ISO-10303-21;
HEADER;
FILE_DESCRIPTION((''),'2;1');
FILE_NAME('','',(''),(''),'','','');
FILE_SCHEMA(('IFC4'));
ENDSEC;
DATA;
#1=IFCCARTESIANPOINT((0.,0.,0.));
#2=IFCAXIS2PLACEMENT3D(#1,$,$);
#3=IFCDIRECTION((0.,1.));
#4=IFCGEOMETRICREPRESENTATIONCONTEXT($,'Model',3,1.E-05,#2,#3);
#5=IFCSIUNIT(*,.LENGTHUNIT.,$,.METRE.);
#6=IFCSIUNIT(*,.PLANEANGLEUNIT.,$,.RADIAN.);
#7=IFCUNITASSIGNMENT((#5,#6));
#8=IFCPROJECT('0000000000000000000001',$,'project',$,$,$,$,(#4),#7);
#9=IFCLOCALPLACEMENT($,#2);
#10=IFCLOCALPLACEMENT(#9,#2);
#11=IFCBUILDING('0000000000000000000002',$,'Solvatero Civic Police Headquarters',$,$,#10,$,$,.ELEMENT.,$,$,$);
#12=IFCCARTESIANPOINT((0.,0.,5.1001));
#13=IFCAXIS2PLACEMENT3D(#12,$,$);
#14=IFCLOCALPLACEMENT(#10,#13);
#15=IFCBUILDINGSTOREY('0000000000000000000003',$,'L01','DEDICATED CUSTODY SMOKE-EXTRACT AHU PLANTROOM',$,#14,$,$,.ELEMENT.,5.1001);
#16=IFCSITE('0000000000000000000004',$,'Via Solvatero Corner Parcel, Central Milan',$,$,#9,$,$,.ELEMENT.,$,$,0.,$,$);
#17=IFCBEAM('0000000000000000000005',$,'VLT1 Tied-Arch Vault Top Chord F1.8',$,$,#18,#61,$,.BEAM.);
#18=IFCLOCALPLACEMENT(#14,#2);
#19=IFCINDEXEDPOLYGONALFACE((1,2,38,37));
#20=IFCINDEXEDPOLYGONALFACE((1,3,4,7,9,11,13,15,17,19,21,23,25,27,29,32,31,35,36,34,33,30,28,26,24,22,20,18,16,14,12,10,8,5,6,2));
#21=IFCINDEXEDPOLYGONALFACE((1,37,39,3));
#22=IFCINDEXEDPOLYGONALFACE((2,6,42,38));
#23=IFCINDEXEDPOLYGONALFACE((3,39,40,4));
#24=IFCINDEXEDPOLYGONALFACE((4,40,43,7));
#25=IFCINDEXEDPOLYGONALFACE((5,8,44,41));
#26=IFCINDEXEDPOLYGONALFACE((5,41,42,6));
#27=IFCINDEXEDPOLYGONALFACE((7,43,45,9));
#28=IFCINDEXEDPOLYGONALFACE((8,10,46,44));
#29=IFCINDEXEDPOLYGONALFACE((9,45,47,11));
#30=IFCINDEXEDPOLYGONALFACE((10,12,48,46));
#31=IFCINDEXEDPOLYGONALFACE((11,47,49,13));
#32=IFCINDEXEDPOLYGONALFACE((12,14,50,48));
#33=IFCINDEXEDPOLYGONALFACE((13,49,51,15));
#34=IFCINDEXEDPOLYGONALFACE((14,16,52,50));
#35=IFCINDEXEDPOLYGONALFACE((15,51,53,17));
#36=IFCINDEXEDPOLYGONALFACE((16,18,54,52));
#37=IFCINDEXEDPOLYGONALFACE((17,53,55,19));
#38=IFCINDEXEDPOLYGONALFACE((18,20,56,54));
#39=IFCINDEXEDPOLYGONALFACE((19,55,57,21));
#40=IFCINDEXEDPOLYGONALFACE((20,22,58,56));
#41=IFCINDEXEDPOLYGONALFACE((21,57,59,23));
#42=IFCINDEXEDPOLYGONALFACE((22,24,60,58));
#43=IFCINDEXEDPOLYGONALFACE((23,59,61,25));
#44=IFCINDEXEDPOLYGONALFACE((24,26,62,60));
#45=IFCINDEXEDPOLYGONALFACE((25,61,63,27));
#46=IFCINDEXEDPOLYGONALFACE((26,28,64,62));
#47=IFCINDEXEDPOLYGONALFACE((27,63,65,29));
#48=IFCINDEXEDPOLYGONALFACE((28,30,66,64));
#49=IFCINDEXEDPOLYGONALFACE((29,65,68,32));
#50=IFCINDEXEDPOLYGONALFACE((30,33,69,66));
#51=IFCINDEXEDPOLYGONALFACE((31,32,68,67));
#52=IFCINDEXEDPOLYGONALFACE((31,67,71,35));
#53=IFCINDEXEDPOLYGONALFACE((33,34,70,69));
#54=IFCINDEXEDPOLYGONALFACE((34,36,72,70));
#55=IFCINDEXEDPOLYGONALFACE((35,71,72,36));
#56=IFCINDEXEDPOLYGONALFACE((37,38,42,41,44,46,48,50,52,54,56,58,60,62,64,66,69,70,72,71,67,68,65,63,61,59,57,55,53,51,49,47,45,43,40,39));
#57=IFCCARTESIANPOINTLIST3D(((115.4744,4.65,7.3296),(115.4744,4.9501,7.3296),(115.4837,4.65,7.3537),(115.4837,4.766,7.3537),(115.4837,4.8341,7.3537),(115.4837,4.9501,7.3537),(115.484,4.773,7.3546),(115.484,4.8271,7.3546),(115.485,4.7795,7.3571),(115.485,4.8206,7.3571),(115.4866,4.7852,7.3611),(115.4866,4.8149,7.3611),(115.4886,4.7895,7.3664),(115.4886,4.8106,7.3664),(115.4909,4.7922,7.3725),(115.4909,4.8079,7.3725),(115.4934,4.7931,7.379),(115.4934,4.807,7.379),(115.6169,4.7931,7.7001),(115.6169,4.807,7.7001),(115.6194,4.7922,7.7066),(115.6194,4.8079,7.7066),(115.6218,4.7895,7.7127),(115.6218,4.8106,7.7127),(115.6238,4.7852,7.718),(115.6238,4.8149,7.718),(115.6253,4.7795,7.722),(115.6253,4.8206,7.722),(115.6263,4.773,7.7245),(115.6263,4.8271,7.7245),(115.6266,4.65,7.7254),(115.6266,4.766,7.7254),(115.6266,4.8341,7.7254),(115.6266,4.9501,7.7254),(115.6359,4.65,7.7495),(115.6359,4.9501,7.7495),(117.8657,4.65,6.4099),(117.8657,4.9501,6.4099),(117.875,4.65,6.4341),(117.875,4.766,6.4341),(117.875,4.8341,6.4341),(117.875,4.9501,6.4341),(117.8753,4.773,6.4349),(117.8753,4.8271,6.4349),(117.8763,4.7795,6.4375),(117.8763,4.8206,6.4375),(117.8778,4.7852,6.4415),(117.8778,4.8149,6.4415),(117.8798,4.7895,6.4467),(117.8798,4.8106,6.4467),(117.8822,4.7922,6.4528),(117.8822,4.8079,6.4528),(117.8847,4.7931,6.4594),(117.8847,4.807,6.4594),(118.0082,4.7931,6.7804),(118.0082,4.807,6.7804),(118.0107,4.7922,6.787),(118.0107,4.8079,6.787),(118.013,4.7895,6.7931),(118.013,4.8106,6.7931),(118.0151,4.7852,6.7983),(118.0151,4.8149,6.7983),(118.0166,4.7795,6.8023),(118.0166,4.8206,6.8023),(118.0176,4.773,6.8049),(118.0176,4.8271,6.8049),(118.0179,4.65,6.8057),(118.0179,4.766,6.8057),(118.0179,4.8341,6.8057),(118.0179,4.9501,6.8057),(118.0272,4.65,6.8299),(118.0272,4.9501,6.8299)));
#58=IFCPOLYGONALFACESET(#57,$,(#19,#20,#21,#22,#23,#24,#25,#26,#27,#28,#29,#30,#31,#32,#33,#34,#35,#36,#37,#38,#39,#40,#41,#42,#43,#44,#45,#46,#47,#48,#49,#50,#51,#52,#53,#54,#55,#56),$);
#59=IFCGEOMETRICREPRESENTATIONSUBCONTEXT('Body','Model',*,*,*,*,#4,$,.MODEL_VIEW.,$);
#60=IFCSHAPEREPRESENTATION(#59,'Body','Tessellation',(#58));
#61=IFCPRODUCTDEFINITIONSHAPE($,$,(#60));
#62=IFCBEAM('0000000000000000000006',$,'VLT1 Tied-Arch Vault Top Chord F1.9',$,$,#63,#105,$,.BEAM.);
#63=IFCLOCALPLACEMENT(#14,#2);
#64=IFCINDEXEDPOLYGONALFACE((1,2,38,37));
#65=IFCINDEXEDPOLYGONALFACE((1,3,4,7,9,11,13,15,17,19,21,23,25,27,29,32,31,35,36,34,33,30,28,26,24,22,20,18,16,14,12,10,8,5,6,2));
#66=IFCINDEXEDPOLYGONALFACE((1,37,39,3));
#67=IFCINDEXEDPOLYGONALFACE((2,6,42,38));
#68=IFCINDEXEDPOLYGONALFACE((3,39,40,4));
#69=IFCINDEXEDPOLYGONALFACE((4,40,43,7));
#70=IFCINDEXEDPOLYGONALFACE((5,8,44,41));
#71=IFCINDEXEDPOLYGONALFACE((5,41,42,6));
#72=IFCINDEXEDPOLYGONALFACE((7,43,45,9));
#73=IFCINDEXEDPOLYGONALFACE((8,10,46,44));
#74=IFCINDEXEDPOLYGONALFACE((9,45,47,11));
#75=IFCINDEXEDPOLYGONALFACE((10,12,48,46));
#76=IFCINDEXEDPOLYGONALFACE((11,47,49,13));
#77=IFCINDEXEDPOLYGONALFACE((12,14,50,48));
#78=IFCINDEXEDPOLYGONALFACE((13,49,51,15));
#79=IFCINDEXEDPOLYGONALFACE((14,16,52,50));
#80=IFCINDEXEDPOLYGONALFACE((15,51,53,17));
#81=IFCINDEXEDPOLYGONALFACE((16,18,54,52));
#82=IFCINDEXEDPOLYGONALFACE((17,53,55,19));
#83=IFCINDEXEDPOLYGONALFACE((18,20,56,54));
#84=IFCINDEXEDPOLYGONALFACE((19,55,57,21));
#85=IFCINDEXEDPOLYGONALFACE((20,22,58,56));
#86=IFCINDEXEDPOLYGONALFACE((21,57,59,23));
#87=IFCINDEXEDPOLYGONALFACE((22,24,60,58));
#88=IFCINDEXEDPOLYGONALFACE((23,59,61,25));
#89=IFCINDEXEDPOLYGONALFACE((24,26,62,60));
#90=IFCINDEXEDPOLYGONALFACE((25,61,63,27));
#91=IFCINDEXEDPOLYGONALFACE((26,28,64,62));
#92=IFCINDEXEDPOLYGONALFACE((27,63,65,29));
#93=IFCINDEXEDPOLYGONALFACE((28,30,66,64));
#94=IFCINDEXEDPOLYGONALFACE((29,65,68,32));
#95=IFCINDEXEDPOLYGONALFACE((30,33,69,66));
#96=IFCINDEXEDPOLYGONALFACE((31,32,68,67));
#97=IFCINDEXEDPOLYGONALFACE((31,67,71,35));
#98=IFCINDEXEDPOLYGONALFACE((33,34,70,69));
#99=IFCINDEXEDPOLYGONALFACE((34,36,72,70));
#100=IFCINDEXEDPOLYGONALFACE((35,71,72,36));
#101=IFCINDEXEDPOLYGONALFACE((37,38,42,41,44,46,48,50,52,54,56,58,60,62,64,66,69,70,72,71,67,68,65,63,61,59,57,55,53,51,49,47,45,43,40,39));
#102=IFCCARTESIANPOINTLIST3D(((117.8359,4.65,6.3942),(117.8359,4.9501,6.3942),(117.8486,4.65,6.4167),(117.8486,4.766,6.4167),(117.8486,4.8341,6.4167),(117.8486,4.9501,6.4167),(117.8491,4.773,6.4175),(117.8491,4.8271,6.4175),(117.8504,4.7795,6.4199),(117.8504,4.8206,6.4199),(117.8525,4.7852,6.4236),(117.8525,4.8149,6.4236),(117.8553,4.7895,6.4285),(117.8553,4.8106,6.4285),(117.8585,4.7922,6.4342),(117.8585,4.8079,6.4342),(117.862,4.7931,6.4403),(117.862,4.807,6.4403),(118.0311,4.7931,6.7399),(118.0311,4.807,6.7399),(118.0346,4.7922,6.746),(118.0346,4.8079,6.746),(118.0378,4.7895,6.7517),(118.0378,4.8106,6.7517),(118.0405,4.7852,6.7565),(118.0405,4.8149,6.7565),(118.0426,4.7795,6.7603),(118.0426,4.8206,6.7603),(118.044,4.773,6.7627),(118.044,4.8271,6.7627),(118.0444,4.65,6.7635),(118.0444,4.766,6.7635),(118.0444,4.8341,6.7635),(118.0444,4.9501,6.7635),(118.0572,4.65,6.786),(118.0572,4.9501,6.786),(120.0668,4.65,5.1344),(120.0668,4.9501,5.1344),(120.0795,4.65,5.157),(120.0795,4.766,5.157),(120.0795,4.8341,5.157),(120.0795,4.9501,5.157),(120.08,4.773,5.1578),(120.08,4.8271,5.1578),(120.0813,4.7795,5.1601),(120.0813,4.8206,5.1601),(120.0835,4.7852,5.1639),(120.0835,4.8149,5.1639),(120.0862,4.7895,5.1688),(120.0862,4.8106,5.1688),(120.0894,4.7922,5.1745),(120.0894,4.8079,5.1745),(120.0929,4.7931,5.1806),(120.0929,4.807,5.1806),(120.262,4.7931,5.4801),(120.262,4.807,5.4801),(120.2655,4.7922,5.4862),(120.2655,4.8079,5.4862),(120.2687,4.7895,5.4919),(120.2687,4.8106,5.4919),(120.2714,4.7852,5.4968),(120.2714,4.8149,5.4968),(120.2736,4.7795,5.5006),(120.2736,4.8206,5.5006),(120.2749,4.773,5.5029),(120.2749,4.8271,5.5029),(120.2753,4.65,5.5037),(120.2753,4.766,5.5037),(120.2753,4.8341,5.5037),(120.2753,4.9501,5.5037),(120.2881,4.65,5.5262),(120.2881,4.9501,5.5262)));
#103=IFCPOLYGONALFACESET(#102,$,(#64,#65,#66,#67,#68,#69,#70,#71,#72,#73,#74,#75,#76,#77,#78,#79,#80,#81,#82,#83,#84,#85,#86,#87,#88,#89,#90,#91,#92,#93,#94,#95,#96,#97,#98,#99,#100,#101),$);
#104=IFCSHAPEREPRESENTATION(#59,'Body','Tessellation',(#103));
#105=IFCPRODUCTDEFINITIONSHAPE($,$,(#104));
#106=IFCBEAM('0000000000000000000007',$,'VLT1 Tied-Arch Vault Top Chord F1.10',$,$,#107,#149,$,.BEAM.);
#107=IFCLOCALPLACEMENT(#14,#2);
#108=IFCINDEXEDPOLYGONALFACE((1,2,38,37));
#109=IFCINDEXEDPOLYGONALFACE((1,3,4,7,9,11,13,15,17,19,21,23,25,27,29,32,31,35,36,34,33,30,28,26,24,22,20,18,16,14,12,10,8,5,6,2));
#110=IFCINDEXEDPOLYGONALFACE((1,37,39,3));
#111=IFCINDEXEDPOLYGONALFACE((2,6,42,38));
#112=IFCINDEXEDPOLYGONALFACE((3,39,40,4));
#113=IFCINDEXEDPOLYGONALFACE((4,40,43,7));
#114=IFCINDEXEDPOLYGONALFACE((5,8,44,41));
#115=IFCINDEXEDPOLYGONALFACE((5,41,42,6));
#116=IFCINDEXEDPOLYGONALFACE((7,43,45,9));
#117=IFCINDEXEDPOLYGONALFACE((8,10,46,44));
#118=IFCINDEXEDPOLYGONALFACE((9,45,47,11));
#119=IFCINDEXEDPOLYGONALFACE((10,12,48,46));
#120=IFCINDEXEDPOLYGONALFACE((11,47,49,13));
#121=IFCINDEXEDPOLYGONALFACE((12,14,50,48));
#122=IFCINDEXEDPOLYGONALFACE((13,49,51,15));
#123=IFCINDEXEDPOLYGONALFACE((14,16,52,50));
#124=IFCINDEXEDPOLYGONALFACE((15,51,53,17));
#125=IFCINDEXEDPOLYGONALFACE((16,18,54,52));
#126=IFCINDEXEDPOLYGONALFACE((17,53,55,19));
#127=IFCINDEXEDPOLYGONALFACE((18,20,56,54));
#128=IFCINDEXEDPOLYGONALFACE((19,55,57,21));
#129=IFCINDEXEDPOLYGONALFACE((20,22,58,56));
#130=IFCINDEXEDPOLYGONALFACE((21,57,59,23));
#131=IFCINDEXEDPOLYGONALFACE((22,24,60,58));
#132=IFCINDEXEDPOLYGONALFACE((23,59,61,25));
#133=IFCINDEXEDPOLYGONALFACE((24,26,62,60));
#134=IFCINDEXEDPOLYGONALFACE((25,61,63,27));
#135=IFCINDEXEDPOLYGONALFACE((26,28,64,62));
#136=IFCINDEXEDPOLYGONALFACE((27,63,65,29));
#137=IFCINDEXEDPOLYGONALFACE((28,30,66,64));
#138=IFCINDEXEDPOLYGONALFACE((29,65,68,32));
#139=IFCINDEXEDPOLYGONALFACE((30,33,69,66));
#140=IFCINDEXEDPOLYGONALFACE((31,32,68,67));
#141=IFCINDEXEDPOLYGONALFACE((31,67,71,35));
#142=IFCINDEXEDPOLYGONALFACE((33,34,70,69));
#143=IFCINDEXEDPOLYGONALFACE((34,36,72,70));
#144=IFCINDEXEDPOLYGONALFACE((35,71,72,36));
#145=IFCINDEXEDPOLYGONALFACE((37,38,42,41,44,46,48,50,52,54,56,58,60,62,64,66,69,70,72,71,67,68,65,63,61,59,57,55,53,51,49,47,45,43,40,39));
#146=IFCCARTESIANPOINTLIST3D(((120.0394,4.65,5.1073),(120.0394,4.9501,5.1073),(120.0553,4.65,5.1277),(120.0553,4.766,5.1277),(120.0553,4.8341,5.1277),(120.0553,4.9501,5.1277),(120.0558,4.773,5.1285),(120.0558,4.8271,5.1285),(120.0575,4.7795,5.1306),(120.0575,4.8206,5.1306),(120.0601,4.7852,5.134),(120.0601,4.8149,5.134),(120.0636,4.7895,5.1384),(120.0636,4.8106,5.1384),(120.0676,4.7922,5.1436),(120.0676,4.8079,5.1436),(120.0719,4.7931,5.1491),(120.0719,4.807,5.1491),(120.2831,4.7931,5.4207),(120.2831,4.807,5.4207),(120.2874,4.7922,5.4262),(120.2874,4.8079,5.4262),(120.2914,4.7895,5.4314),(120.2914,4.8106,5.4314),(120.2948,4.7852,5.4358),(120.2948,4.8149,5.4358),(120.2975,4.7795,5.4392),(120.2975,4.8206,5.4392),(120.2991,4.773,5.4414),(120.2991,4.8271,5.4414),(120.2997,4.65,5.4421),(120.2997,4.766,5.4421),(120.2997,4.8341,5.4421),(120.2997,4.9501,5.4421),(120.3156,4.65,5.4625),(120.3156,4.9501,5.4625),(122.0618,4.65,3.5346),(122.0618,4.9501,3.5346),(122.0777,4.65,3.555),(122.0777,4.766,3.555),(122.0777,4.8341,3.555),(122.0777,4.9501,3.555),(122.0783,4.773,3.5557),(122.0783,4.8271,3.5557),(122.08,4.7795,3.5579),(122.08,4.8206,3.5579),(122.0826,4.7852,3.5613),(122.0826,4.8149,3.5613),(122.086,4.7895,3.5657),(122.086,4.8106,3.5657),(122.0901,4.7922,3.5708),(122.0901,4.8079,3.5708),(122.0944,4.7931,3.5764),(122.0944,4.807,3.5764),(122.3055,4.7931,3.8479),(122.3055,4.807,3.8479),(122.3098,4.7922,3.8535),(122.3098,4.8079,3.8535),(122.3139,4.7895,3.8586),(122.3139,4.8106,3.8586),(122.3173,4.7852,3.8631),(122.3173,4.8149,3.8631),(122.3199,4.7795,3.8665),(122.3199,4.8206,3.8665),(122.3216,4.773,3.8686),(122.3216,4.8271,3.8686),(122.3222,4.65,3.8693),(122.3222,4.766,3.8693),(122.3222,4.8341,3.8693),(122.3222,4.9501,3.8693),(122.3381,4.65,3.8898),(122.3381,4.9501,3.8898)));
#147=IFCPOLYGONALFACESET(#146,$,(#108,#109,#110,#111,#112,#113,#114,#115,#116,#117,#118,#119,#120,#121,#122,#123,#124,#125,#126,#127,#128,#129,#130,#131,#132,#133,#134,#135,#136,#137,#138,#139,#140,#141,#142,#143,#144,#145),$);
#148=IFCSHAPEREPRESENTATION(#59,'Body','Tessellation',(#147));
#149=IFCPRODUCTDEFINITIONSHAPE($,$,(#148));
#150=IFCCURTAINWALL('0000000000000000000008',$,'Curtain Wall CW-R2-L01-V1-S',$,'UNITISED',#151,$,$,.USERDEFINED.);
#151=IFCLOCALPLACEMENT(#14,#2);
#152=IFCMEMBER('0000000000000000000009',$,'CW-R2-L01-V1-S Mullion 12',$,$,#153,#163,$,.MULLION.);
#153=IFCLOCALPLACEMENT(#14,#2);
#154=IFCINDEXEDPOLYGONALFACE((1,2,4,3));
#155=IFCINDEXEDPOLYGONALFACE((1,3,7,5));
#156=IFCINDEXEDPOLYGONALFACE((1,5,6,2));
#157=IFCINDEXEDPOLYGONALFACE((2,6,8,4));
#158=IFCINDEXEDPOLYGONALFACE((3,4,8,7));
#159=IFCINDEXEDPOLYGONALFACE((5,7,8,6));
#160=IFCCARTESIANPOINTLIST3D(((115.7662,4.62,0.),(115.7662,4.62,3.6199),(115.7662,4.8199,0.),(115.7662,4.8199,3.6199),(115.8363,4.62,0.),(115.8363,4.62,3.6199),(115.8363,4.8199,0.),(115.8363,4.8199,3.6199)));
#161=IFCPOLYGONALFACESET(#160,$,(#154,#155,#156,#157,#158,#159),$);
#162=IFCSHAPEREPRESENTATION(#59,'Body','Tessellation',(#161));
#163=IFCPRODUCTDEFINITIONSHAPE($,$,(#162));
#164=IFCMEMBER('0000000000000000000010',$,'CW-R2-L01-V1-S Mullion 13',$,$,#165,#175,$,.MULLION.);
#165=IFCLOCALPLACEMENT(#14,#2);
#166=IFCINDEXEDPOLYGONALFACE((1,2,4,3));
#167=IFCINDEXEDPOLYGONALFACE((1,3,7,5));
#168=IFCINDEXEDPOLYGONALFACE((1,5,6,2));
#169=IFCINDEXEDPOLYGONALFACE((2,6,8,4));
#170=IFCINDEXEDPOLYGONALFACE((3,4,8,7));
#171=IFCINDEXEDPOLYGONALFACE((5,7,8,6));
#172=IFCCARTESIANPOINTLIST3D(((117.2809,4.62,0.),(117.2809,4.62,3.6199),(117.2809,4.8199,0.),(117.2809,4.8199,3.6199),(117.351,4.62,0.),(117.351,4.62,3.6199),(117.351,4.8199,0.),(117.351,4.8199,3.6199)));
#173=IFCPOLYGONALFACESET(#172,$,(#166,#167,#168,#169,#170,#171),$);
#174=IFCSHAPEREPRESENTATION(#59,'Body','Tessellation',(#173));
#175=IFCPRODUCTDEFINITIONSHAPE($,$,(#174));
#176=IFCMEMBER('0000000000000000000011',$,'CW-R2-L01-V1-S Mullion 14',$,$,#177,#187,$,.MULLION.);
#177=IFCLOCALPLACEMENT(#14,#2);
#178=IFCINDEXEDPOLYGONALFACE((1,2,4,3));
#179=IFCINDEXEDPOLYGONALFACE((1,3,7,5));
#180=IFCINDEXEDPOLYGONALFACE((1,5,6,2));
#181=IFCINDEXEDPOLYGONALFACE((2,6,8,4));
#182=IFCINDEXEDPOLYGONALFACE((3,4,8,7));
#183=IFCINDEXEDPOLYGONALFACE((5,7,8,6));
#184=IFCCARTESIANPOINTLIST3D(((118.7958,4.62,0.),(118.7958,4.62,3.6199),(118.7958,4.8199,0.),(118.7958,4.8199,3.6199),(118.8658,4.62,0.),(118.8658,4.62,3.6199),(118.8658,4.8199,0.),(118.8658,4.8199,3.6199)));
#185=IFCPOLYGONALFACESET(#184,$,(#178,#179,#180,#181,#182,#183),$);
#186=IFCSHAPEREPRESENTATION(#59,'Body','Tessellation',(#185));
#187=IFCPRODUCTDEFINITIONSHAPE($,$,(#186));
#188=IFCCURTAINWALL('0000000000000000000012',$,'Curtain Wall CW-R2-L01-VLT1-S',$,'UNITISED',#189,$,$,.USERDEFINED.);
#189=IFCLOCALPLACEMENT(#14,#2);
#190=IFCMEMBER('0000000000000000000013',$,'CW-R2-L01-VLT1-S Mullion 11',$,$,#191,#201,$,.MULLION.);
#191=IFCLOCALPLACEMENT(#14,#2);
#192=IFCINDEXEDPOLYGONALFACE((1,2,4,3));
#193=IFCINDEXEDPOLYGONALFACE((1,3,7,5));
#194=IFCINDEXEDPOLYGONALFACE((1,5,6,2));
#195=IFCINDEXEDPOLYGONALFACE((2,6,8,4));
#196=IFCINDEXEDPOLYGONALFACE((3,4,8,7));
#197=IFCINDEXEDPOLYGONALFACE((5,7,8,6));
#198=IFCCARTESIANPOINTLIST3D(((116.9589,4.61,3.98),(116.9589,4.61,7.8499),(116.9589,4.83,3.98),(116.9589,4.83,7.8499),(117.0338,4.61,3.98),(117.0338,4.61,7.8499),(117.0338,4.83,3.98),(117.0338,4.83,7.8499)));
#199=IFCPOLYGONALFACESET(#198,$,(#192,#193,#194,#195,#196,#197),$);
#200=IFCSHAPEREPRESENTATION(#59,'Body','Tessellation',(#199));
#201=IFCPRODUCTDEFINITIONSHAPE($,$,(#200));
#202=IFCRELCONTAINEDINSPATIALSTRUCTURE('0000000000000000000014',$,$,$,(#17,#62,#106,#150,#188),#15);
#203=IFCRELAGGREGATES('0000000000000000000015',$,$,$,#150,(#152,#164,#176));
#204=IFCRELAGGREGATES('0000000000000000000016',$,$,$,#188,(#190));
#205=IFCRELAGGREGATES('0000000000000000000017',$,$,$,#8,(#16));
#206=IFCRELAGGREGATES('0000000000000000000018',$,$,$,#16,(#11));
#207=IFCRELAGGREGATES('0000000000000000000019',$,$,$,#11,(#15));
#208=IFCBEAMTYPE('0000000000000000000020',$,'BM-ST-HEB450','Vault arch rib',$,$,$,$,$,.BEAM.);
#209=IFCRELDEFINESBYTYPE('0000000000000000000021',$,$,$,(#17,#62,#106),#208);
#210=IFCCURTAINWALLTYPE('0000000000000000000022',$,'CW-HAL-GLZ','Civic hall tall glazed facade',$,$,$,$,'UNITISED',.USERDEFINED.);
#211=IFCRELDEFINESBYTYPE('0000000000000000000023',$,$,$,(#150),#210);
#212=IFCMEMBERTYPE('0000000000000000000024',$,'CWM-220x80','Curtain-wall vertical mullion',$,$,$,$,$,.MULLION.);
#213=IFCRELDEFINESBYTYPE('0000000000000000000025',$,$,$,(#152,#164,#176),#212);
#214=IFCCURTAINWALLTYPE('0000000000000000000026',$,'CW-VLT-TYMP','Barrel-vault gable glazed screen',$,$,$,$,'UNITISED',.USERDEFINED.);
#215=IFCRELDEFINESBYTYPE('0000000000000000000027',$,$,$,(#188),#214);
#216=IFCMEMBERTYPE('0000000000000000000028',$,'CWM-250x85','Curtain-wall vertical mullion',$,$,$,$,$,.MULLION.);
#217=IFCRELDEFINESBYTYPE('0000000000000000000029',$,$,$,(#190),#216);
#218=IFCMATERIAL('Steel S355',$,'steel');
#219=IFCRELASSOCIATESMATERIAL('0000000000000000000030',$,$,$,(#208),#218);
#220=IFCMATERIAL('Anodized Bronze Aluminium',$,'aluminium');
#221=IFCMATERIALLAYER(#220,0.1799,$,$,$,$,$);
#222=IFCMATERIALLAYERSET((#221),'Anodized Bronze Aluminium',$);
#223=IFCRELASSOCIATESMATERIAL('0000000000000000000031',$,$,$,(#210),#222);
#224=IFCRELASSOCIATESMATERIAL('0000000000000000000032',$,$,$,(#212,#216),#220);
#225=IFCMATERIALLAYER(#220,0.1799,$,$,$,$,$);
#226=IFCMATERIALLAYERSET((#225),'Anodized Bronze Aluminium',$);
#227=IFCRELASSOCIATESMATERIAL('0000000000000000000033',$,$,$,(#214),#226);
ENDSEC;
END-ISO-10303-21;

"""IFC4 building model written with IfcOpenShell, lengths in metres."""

from ifc_helpers import new_model, si_unit, direction, frame, origin, origin_2d, place, context, subcontext, project, spatial, rectangle, i_section, extrude, material, layer, layer_set, material_profile, profile_set, type_object, element, aggregate, save


model = new_model("IFC4")

# Units and contexts
model_context = context("Model", 3, precision=1e-05, world=origin(), true_north=direction((0.0, 1.0)))
body_context = subcontext(model_context, "Body", "Model", "MODEL_VIEW")
ifc_project = project(units=[si_unit("LENGTHUNIT", "METRE"), si_unit("PLANEANGLEUNIT", "RADIAN")], contexts=[model_context])

# Site, building, storey
site_placement = place(None, origin())
site = spatial("IfcSite", under=ifc_project, at=site_placement, Name="Via Solvatero Corner Parcel, Central Milan", CompositionType="ELEMENT", RefElevation=0.0)
building_placement = place(site_placement, origin())
building = spatial("IfcBuilding", under=site, at=building_placement, Name="Solvatero Civic Police Headquarters", CompositionType="ELEMENT")
storey_placement = place(building_placement, frame((0.0, 0.0, 5.1001)))
storey = spatial("IfcBuildingStorey", under=building, at=storey_placement, Name="L01", Description="DEDICATED CUSTODY SMOKE-EXTRACT AHU PLANTROOM", CompositionType="ELEMENT", Elevation=5.1001)

# Beams
ifc_material_1 = material(Name="Steel S355", Category="steel")
ifc_material_profile_1 = material_profile(ifc_material_1, i_section(OverallWidth=0.3, OverallDepth=0.45, WebThickness=0.0139, FlangeThickness=0.0259, FilletRadius=0.0271, at=origin_2d()), Name="HEB 450")
ifc_profile_set_1 = profile_set([ifc_material_profile_1], Name="Steel S355")
beam_type = type_object("IfcBeamType", Name="BM-ST-HEB450", Description="Vault arch rib", PredefinedType="BEAM", material=ifc_profile_set_1)
for number, where, z_axis, x_axis, name in (
    (1, (115.5552, 4.8, 7.5396), (0.933355, 0.0, -0.358954), (0.0, 1.0, 0.0), "VLT1 Tied-Arch Vault Top Chord F1.8"),
    (2, (117.9465, 4.8, 6.5901), (0.870765, 0.0, -0.491699), (0.0, 1.0, 0.0), "VLT1 Tied-Arch Vault Top Chord F1.9"),
    (3, (120.1775, 4.8, 5.2849), (0.789404, 0.0, -0.613875), (0.0, 1.0, 0.0), "VLT1 Tied-Arch Vault Top Chord F1.10"),
):
    element("IfcBeam", number, at=place(storey_placement, frame(where, z_axis=z_axis, x_axis=x_axis)), inside=storey, type_object=beam_type, Name=name, PredefinedType="BEAM", context=body_context, shape_type="SweptSolid", body=[
        extrude(i_section(OverallWidth=0.3, OverallDepth=0.45, WebThickness=0.0139, FlangeThickness=0.0259, FilletRadius=0.0271, at=origin_2d()), origin(), (0.0, 0.0, 1.0), 2.562),
    ])

# Curtain walls, members
ifc_material_2 = material(Name="Anodized Bronze Aluminium", Category="aluminium")
ifc_layer_1 = layer(ifc_material_2, 0.1799)
ifc_layer_set_1 = layer_set([ifc_layer_1], Name="Anodized Bronze Aluminium")
curtain_wall_type_1 = type_object("IfcCurtainWallType", Name="CW-HAL-GLZ", Description="Civic hall tall glazed facade", ElementType="UNITISED", PredefinedType="USERDEFINED", material=ifc_layer_set_1)
curtain_wall_1_placement = place(storey_placement, origin())
curtain_wall_1 = element("IfcCurtainWall", 4, at=curtain_wall_1_placement, inside=storey, type_object=curtain_wall_type_1, Name="Curtain Wall CW-R2-L01-V1-S", ObjectType="UNITISED", PredefinedType="USERDEFINED")
ifc_material_profile_2 = material_profile(ifc_material_2, rectangle(XDim=0.0701, YDim=0.2, at=origin_2d()), Name="ALU MULLION 70x200")
ifc_profile_set_2 = profile_set([ifc_material_profile_2], Name="Anodized Bronze Aluminium")
member_type_1 = type_object("IfcMemberType", Name="CWM-220x80", Description="Curtain-wall vertical mullion", PredefinedType="MULLION", material=ifc_profile_set_2)
member_1_placement = place(storey_placement, frame((115.8013, 4.72, 0.0), z_axis=(0.0, 0.0, 1.0), x_axis=(1.0, 0.0, 0.0)))
member_1 = element("IfcMember", 5, at=member_1_placement, type_object=member_type_1, Name="CW-R2-L01-V1-S Mullion 12", PredefinedType="MULLION", context=body_context, shape_type="SweptSolid", body=[
    extrude(rectangle(XDim=0.0701, YDim=0.2, at=origin_2d()), origin(), (0.0, 0.0, 1.0), 3.6199),
])
member_2_placement = place(storey_placement, frame((117.3159, 4.72, 0.0), z_axis=(0.0, 0.0, 1.0), x_axis=(1.0, 0.0, 0.0)))
member_2 = element("IfcMember", 6, at=member_2_placement, type_object=member_type_1, Name="CW-R2-L01-V1-S Mullion 13", PredefinedType="MULLION", context=body_context, shape_type="SweptSolid", body=[
    extrude(rectangle(XDim=0.0701, YDim=0.2, at=origin_2d()), origin(), (0.0, 0.0, 1.0), 3.6199),
])
member_3_placement = place(storey_placement, frame((118.8308, 4.72, 0.0), z_axis=(0.0, 0.0, 1.0), x_axis=(1.0, 0.0, 0.0)))
member_3 = element("IfcMember", 7, at=member_3_placement, type_object=member_type_1, Name="CW-R2-L01-V1-S Mullion 14", PredefinedType="MULLION", context=body_context, shape_type="SweptSolid", body=[
    extrude(rectangle(XDim=0.0701, YDim=0.2, at=origin_2d()), origin(), (0.0, 0.0, 1.0), 3.6199),
])
ifc_layer_2 = layer(ifc_material_2, 0.1799)
ifc_layer_set_2 = layer_set([ifc_layer_2], Name="Anodized Bronze Aluminium")
curtain_wall_type_2 = type_object("IfcCurtainWallType", Name="CW-VLT-TYMP", Description="Barrel-vault gable glazed screen", ElementType="UNITISED", PredefinedType="USERDEFINED", material=ifc_layer_set_2)
curtain_wall_2_placement = place(storey_placement, origin())
curtain_wall_2 = element("IfcCurtainWall", 8, at=curtain_wall_2_placement, inside=storey, type_object=curtain_wall_type_2, Name="Curtain Wall CW-R2-L01-VLT1-S", ObjectType="UNITISED", PredefinedType="USERDEFINED")
ifc_material_profile_3 = material_profile(ifc_material_2, rectangle(XDim=0.075, YDim=0.22, at=origin_2d()), Name="ALU MULLION 75x220")
ifc_profile_set_3 = profile_set([ifc_material_profile_3], Name="Anodized Bronze Aluminium")
member_type_2 = type_object("IfcMemberType", Name="CWM-250x85", Description="Curtain-wall vertical mullion", PredefinedType="MULLION", material=ifc_profile_set_3)
member_4_placement = place(storey_placement, frame((116.9963, 4.72, 3.98), z_axis=(0.0, 0.0, 1.0), x_axis=(1.0, 0.0, 0.0)))
member_4 = element("IfcMember", 9, at=member_4_placement, type_object=member_type_2, Name="CW-R2-L01-VLT1-S Mullion 11", PredefinedType="MULLION", context=body_context, shape_type="SweptSolid", body=[
    extrude(rectangle(XDim=0.075, YDim=0.22, at=origin_2d()), origin(), (0.0, 0.0, 1.0), 3.8699),
])

aggregate(curtain_wall_1, [member_1, member_2, member_3])
aggregate(curtain_wall_2, [member_4])

save(model, "model.ifc")
